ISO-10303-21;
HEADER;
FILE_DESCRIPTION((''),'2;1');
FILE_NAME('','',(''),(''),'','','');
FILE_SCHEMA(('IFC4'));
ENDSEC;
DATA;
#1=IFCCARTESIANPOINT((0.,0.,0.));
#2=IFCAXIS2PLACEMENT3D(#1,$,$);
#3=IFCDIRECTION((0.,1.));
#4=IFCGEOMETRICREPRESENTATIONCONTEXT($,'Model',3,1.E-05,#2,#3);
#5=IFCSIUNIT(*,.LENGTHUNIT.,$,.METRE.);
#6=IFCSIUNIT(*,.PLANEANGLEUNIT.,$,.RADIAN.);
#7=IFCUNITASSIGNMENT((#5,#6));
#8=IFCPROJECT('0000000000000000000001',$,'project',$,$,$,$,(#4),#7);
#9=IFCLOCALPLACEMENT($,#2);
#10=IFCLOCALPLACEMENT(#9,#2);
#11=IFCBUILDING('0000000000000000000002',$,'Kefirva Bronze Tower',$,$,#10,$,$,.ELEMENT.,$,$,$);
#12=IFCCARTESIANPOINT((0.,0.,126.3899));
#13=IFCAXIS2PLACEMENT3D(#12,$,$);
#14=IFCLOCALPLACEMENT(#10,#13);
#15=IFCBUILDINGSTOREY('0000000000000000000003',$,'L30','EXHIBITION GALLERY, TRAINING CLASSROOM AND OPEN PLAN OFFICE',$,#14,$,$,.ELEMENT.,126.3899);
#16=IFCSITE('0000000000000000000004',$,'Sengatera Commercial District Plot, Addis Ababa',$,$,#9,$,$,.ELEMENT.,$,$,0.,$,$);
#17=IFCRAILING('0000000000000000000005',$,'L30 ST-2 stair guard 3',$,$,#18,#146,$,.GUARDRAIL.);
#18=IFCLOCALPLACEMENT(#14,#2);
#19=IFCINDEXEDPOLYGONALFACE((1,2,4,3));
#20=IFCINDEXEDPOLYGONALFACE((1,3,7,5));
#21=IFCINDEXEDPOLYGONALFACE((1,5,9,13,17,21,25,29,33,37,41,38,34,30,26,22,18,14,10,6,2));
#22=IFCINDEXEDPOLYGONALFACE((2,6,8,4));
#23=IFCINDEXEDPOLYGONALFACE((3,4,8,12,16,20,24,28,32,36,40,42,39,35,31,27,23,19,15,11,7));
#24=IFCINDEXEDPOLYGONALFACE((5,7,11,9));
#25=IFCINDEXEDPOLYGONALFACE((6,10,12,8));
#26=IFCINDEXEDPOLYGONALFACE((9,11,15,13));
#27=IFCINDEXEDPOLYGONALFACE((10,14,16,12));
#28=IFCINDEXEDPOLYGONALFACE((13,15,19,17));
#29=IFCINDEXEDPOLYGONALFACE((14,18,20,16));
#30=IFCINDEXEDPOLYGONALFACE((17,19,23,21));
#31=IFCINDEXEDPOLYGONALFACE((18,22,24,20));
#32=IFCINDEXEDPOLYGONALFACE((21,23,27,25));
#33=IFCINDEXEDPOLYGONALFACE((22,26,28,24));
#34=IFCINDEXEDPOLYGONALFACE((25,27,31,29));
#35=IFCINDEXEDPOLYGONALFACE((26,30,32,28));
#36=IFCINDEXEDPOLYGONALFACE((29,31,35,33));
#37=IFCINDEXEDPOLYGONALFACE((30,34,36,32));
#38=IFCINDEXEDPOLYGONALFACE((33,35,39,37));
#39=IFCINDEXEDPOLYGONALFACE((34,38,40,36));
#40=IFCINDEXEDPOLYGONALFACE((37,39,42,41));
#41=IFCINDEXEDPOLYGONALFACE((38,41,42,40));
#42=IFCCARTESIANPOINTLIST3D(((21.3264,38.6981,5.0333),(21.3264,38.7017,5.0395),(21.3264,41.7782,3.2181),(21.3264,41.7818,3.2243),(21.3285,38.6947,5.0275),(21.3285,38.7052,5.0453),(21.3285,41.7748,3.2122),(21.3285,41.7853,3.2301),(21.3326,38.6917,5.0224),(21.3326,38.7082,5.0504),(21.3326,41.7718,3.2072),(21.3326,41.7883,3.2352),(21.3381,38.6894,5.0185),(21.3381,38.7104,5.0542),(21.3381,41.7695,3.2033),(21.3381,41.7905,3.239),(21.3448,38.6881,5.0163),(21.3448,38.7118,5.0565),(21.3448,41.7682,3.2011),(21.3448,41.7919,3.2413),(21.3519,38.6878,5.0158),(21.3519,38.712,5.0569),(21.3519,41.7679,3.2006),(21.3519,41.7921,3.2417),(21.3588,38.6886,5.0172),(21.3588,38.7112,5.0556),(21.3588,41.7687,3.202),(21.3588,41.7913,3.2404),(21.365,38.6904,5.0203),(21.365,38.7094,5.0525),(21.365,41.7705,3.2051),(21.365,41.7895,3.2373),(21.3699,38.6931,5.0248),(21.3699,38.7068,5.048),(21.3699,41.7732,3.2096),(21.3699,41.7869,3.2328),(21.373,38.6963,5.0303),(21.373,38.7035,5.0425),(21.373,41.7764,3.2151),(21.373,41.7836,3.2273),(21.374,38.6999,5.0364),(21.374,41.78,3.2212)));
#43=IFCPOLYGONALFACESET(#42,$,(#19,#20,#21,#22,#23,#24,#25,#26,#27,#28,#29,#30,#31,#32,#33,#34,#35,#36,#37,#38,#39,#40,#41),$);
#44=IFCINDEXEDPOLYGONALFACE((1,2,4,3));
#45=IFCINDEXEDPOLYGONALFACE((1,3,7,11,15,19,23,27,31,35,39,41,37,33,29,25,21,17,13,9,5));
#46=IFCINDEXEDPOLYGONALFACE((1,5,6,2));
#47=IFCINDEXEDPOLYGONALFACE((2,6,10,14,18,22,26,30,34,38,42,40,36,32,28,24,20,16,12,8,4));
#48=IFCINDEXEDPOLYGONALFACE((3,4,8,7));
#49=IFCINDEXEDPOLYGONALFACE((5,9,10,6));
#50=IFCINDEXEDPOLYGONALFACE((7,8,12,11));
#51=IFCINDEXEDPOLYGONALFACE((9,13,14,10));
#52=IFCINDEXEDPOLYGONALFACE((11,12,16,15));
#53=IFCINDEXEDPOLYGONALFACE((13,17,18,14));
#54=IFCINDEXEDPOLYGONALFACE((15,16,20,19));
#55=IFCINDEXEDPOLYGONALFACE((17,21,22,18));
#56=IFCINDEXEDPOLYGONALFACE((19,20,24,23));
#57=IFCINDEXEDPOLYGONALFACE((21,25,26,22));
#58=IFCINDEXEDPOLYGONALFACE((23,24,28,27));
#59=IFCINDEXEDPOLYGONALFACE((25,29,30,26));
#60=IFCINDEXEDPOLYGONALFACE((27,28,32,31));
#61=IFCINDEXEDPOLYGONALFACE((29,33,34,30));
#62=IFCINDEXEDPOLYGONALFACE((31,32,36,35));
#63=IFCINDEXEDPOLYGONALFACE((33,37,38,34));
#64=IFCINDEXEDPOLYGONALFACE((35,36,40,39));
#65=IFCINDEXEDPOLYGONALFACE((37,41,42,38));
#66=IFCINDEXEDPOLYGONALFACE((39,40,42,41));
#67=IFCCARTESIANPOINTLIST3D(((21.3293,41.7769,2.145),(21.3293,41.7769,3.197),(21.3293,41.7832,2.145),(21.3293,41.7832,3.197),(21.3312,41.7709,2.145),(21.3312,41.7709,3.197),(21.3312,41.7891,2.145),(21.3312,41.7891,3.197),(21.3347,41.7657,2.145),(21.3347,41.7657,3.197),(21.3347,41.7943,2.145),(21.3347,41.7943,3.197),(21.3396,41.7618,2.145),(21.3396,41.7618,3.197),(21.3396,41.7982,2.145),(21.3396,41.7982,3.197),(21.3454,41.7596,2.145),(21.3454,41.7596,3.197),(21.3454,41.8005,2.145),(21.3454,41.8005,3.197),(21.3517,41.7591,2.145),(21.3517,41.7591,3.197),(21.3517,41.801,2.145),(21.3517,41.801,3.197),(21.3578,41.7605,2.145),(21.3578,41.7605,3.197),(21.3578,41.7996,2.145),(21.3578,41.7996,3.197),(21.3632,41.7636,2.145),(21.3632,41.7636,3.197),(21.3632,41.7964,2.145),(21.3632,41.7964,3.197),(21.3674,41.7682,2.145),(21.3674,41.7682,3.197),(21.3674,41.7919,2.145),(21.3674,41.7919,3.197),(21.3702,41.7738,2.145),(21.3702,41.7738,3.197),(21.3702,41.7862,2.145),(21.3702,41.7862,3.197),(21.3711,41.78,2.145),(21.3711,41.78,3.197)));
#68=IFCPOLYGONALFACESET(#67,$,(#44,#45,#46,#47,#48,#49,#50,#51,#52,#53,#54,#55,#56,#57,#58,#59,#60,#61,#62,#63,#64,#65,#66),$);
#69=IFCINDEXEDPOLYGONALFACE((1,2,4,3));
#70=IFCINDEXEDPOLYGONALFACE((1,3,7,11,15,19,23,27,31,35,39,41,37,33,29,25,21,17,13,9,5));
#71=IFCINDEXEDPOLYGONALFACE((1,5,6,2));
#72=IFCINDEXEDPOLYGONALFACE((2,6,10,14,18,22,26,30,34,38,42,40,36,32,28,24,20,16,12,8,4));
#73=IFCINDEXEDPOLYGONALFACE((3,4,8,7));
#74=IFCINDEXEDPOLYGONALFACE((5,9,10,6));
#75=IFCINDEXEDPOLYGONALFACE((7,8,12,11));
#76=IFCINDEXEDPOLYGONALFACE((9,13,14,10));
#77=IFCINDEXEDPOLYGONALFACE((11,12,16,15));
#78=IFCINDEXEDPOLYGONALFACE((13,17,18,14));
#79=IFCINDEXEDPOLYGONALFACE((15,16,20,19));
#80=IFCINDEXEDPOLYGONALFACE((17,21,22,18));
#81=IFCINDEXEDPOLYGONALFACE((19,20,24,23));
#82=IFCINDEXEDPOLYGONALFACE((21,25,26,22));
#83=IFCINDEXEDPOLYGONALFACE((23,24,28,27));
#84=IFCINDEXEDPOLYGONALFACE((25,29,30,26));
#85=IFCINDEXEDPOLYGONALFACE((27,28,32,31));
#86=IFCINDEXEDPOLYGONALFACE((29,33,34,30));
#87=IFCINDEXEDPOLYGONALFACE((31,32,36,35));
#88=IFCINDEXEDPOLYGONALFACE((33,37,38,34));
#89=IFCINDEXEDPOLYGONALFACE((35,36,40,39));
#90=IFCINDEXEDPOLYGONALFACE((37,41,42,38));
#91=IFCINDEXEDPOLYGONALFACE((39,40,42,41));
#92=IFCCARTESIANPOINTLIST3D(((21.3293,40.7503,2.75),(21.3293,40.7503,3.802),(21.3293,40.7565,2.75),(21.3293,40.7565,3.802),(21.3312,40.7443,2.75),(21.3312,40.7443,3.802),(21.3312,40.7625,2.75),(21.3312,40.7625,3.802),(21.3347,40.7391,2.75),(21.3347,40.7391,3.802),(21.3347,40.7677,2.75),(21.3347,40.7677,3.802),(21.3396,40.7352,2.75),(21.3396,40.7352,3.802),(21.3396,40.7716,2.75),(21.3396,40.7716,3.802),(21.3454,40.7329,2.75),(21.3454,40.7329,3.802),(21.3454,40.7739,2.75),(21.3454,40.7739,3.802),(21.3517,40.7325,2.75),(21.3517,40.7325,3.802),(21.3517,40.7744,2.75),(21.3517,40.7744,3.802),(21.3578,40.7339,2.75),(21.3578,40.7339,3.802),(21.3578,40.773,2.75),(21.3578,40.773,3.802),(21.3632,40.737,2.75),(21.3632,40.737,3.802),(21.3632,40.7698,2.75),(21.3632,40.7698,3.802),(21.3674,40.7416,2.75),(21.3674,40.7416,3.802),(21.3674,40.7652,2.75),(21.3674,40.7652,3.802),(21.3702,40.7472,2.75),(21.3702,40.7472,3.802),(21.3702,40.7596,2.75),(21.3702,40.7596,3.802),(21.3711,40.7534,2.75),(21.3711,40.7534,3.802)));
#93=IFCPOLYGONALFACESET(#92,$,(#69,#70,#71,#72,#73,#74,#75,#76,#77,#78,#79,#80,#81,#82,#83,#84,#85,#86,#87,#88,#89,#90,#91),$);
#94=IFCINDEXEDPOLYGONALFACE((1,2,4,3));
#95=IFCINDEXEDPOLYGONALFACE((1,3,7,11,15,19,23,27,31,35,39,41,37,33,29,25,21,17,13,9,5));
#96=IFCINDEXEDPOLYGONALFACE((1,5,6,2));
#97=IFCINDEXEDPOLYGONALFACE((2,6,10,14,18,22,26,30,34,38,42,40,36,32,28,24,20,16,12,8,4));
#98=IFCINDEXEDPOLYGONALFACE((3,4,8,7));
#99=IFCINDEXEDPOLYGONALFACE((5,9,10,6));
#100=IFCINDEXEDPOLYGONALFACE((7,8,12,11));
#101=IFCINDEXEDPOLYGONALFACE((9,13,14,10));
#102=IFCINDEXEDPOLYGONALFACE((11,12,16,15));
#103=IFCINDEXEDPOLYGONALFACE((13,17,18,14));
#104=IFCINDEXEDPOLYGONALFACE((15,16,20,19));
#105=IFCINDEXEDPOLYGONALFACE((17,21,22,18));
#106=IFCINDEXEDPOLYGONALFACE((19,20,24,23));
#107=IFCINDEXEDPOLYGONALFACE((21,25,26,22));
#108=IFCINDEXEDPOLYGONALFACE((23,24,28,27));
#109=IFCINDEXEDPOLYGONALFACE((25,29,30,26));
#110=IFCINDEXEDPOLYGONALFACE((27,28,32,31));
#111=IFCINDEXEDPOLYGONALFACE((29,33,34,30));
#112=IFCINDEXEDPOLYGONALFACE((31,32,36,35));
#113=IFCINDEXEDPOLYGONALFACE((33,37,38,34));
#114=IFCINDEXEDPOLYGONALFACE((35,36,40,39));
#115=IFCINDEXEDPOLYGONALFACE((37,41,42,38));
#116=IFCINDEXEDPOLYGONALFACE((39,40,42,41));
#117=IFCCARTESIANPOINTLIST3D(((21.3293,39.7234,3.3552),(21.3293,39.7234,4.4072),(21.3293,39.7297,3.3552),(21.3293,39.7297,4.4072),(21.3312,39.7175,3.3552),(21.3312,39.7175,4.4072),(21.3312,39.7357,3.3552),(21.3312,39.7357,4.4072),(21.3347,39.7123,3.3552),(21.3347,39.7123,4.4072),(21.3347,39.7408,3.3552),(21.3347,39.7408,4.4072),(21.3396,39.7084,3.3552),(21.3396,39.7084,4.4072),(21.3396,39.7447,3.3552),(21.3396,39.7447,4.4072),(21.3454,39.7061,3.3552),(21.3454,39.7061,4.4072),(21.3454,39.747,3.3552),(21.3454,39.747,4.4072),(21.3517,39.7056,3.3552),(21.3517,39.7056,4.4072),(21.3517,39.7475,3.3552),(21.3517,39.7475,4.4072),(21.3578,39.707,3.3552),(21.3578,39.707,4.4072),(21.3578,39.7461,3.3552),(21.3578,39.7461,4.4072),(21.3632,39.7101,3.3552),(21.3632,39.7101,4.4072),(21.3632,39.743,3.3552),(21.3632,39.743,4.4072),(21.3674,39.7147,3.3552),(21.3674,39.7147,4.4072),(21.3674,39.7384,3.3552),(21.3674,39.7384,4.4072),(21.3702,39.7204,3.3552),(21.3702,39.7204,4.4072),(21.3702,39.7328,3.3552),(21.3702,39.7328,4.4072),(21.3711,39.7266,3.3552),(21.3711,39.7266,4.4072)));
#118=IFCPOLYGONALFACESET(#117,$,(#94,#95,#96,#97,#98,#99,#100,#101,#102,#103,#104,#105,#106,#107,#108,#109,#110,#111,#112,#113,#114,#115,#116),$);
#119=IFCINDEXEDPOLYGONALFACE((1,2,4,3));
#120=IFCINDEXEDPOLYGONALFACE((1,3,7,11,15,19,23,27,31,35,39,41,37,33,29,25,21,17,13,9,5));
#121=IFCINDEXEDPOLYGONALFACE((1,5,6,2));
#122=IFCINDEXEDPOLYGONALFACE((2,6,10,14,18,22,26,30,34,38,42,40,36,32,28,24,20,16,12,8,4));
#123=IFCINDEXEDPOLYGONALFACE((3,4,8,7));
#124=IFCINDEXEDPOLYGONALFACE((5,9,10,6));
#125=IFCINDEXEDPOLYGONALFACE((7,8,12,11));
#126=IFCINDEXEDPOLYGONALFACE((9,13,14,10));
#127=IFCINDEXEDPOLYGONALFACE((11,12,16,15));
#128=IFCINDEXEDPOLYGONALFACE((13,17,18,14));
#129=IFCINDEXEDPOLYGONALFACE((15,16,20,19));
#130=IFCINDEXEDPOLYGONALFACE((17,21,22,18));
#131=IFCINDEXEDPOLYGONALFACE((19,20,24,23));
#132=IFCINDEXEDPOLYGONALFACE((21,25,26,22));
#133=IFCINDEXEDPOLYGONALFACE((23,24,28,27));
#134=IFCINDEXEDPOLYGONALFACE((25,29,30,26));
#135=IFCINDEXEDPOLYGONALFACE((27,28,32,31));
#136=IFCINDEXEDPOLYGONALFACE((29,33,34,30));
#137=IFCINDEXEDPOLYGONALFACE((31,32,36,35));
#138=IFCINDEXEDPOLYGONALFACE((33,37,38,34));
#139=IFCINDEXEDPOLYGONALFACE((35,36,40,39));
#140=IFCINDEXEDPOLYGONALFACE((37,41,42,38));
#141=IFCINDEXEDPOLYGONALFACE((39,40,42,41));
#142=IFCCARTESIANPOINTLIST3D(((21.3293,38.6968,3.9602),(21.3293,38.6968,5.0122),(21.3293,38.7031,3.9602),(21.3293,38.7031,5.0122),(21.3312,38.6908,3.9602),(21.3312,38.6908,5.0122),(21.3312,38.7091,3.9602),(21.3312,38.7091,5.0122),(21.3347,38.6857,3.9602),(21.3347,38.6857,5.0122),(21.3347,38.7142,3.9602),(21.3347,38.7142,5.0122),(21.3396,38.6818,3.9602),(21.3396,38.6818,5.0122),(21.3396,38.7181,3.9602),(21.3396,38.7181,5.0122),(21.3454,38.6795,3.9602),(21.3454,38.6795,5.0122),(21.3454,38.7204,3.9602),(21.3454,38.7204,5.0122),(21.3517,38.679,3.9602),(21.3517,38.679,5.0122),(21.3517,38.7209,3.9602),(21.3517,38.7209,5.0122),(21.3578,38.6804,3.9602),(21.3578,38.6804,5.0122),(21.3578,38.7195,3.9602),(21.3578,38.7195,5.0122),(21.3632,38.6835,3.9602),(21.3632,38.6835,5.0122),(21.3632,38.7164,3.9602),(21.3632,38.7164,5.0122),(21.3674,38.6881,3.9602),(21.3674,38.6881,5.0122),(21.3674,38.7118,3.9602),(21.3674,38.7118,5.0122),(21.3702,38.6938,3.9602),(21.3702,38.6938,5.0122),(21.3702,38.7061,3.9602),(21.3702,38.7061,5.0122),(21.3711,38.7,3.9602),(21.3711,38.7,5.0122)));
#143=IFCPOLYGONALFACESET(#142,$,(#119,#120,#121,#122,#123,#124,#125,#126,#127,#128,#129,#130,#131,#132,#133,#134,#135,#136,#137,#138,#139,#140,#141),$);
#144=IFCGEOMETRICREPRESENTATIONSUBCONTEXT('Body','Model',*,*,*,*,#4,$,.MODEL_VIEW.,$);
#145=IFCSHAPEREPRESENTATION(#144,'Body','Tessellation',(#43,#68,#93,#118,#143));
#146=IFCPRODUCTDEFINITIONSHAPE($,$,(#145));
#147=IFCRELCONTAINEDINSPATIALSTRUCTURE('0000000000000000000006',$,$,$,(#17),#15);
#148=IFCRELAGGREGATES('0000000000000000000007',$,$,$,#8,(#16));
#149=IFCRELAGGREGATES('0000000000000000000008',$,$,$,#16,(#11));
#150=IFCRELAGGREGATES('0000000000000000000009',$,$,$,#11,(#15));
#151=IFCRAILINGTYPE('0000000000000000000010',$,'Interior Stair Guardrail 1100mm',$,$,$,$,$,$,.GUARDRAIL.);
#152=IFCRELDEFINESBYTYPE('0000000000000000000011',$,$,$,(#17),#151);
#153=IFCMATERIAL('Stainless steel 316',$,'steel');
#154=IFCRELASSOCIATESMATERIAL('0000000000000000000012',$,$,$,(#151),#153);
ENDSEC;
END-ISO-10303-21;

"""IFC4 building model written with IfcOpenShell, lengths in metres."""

from ifc_helpers import new_model, si_unit, direction, frame, origin, origin_2d, place, context, subcontext, project, spatial, circle, extrude, material, type_object, element, save


model = new_model("IFC4")

# Units and contexts
model_context = context("Model", 3, precision=1e-05, world=origin(), true_north=direction((0.0, 1.0)))
body_context = subcontext(model_context, "Body", "Model", "MODEL_VIEW")
ifc_project = project(units=[si_unit("LENGTHUNIT", "METRE"), si_unit("PLANEANGLEUNIT", "RADIAN")], contexts=[model_context])

# Site, building, storey
site_placement = place(None, origin())
site = spatial("IfcSite", under=ifc_project, at=site_placement, Name="Sengatera Commercial District Plot, Addis Ababa", CompositionType="ELEMENT", RefElevation=0.0)
building_placement = place(site_placement, origin())
building = spatial("IfcBuilding", under=site, at=building_placement, Name="Kefirva Bronze Tower", CompositionType="ELEMENT")
storey_placement = place(building_placement, frame((0.0, 0.0, 126.3899)))
storey = spatial("IfcBuildingStorey", under=building, at=storey_placement, Name="L30", Description="EXHIBITION GALLERY, TRAINING CLASSROOM AND OPEN PLAN OFFICE", CompositionType="ELEMENT", Elevation=126.3899)

# Railing
ifc_material_1 = material(Name="Stainless steel 316", Category="steel")
railing_type_1 = type_object("IfcRailingType", Name="Interior Stair Guardrail 1100mm", PredefinedType="GUARDRAIL", material=ifc_material_1)
railing_1_placement = place(storey_placement, frame((21.3501, 41.78, 2.145)))
element("IfcRailing", 1, at=railing_1_placement, inside=storey, type_object=railing_type_1, Name="L30 ST-2 stair guard 3", PredefinedType="GUARDRAIL", context=body_context, shape_type="SweptSolid", body=[
    extrude(circle(Radius=0.0239, at=origin_2d()), frame((0.0, 0.0, 1.0762), z_axis=(0.0, -0.861521, 0.507721), x_axis=(1.0, 0.0, 0.0)), (0.0, 0.0, 1.0), 3.5752),
    extrude(circle(Radius=0.021, at=origin_2d()), origin(), (0.0, 0.0, 1.0), 1.052),
    extrude(circle(Radius=0.021, at=origin_2d()), frame((0.0, -1.0266, 0.605)), (0.0, 0.0, 1.0), 1.052),
    extrude(circle(Radius=0.021, at=origin_2d()), frame((0.0, -2.0535, 1.2102)), (0.0, 0.0, 1.0), 1.052),
    extrude(circle(Radius=0.021, at=origin_2d()), frame((0.0, -3.0801, 1.8152)), (0.0, 0.0, 1.0), 1.052),
])

save(model, "model.ifc")
